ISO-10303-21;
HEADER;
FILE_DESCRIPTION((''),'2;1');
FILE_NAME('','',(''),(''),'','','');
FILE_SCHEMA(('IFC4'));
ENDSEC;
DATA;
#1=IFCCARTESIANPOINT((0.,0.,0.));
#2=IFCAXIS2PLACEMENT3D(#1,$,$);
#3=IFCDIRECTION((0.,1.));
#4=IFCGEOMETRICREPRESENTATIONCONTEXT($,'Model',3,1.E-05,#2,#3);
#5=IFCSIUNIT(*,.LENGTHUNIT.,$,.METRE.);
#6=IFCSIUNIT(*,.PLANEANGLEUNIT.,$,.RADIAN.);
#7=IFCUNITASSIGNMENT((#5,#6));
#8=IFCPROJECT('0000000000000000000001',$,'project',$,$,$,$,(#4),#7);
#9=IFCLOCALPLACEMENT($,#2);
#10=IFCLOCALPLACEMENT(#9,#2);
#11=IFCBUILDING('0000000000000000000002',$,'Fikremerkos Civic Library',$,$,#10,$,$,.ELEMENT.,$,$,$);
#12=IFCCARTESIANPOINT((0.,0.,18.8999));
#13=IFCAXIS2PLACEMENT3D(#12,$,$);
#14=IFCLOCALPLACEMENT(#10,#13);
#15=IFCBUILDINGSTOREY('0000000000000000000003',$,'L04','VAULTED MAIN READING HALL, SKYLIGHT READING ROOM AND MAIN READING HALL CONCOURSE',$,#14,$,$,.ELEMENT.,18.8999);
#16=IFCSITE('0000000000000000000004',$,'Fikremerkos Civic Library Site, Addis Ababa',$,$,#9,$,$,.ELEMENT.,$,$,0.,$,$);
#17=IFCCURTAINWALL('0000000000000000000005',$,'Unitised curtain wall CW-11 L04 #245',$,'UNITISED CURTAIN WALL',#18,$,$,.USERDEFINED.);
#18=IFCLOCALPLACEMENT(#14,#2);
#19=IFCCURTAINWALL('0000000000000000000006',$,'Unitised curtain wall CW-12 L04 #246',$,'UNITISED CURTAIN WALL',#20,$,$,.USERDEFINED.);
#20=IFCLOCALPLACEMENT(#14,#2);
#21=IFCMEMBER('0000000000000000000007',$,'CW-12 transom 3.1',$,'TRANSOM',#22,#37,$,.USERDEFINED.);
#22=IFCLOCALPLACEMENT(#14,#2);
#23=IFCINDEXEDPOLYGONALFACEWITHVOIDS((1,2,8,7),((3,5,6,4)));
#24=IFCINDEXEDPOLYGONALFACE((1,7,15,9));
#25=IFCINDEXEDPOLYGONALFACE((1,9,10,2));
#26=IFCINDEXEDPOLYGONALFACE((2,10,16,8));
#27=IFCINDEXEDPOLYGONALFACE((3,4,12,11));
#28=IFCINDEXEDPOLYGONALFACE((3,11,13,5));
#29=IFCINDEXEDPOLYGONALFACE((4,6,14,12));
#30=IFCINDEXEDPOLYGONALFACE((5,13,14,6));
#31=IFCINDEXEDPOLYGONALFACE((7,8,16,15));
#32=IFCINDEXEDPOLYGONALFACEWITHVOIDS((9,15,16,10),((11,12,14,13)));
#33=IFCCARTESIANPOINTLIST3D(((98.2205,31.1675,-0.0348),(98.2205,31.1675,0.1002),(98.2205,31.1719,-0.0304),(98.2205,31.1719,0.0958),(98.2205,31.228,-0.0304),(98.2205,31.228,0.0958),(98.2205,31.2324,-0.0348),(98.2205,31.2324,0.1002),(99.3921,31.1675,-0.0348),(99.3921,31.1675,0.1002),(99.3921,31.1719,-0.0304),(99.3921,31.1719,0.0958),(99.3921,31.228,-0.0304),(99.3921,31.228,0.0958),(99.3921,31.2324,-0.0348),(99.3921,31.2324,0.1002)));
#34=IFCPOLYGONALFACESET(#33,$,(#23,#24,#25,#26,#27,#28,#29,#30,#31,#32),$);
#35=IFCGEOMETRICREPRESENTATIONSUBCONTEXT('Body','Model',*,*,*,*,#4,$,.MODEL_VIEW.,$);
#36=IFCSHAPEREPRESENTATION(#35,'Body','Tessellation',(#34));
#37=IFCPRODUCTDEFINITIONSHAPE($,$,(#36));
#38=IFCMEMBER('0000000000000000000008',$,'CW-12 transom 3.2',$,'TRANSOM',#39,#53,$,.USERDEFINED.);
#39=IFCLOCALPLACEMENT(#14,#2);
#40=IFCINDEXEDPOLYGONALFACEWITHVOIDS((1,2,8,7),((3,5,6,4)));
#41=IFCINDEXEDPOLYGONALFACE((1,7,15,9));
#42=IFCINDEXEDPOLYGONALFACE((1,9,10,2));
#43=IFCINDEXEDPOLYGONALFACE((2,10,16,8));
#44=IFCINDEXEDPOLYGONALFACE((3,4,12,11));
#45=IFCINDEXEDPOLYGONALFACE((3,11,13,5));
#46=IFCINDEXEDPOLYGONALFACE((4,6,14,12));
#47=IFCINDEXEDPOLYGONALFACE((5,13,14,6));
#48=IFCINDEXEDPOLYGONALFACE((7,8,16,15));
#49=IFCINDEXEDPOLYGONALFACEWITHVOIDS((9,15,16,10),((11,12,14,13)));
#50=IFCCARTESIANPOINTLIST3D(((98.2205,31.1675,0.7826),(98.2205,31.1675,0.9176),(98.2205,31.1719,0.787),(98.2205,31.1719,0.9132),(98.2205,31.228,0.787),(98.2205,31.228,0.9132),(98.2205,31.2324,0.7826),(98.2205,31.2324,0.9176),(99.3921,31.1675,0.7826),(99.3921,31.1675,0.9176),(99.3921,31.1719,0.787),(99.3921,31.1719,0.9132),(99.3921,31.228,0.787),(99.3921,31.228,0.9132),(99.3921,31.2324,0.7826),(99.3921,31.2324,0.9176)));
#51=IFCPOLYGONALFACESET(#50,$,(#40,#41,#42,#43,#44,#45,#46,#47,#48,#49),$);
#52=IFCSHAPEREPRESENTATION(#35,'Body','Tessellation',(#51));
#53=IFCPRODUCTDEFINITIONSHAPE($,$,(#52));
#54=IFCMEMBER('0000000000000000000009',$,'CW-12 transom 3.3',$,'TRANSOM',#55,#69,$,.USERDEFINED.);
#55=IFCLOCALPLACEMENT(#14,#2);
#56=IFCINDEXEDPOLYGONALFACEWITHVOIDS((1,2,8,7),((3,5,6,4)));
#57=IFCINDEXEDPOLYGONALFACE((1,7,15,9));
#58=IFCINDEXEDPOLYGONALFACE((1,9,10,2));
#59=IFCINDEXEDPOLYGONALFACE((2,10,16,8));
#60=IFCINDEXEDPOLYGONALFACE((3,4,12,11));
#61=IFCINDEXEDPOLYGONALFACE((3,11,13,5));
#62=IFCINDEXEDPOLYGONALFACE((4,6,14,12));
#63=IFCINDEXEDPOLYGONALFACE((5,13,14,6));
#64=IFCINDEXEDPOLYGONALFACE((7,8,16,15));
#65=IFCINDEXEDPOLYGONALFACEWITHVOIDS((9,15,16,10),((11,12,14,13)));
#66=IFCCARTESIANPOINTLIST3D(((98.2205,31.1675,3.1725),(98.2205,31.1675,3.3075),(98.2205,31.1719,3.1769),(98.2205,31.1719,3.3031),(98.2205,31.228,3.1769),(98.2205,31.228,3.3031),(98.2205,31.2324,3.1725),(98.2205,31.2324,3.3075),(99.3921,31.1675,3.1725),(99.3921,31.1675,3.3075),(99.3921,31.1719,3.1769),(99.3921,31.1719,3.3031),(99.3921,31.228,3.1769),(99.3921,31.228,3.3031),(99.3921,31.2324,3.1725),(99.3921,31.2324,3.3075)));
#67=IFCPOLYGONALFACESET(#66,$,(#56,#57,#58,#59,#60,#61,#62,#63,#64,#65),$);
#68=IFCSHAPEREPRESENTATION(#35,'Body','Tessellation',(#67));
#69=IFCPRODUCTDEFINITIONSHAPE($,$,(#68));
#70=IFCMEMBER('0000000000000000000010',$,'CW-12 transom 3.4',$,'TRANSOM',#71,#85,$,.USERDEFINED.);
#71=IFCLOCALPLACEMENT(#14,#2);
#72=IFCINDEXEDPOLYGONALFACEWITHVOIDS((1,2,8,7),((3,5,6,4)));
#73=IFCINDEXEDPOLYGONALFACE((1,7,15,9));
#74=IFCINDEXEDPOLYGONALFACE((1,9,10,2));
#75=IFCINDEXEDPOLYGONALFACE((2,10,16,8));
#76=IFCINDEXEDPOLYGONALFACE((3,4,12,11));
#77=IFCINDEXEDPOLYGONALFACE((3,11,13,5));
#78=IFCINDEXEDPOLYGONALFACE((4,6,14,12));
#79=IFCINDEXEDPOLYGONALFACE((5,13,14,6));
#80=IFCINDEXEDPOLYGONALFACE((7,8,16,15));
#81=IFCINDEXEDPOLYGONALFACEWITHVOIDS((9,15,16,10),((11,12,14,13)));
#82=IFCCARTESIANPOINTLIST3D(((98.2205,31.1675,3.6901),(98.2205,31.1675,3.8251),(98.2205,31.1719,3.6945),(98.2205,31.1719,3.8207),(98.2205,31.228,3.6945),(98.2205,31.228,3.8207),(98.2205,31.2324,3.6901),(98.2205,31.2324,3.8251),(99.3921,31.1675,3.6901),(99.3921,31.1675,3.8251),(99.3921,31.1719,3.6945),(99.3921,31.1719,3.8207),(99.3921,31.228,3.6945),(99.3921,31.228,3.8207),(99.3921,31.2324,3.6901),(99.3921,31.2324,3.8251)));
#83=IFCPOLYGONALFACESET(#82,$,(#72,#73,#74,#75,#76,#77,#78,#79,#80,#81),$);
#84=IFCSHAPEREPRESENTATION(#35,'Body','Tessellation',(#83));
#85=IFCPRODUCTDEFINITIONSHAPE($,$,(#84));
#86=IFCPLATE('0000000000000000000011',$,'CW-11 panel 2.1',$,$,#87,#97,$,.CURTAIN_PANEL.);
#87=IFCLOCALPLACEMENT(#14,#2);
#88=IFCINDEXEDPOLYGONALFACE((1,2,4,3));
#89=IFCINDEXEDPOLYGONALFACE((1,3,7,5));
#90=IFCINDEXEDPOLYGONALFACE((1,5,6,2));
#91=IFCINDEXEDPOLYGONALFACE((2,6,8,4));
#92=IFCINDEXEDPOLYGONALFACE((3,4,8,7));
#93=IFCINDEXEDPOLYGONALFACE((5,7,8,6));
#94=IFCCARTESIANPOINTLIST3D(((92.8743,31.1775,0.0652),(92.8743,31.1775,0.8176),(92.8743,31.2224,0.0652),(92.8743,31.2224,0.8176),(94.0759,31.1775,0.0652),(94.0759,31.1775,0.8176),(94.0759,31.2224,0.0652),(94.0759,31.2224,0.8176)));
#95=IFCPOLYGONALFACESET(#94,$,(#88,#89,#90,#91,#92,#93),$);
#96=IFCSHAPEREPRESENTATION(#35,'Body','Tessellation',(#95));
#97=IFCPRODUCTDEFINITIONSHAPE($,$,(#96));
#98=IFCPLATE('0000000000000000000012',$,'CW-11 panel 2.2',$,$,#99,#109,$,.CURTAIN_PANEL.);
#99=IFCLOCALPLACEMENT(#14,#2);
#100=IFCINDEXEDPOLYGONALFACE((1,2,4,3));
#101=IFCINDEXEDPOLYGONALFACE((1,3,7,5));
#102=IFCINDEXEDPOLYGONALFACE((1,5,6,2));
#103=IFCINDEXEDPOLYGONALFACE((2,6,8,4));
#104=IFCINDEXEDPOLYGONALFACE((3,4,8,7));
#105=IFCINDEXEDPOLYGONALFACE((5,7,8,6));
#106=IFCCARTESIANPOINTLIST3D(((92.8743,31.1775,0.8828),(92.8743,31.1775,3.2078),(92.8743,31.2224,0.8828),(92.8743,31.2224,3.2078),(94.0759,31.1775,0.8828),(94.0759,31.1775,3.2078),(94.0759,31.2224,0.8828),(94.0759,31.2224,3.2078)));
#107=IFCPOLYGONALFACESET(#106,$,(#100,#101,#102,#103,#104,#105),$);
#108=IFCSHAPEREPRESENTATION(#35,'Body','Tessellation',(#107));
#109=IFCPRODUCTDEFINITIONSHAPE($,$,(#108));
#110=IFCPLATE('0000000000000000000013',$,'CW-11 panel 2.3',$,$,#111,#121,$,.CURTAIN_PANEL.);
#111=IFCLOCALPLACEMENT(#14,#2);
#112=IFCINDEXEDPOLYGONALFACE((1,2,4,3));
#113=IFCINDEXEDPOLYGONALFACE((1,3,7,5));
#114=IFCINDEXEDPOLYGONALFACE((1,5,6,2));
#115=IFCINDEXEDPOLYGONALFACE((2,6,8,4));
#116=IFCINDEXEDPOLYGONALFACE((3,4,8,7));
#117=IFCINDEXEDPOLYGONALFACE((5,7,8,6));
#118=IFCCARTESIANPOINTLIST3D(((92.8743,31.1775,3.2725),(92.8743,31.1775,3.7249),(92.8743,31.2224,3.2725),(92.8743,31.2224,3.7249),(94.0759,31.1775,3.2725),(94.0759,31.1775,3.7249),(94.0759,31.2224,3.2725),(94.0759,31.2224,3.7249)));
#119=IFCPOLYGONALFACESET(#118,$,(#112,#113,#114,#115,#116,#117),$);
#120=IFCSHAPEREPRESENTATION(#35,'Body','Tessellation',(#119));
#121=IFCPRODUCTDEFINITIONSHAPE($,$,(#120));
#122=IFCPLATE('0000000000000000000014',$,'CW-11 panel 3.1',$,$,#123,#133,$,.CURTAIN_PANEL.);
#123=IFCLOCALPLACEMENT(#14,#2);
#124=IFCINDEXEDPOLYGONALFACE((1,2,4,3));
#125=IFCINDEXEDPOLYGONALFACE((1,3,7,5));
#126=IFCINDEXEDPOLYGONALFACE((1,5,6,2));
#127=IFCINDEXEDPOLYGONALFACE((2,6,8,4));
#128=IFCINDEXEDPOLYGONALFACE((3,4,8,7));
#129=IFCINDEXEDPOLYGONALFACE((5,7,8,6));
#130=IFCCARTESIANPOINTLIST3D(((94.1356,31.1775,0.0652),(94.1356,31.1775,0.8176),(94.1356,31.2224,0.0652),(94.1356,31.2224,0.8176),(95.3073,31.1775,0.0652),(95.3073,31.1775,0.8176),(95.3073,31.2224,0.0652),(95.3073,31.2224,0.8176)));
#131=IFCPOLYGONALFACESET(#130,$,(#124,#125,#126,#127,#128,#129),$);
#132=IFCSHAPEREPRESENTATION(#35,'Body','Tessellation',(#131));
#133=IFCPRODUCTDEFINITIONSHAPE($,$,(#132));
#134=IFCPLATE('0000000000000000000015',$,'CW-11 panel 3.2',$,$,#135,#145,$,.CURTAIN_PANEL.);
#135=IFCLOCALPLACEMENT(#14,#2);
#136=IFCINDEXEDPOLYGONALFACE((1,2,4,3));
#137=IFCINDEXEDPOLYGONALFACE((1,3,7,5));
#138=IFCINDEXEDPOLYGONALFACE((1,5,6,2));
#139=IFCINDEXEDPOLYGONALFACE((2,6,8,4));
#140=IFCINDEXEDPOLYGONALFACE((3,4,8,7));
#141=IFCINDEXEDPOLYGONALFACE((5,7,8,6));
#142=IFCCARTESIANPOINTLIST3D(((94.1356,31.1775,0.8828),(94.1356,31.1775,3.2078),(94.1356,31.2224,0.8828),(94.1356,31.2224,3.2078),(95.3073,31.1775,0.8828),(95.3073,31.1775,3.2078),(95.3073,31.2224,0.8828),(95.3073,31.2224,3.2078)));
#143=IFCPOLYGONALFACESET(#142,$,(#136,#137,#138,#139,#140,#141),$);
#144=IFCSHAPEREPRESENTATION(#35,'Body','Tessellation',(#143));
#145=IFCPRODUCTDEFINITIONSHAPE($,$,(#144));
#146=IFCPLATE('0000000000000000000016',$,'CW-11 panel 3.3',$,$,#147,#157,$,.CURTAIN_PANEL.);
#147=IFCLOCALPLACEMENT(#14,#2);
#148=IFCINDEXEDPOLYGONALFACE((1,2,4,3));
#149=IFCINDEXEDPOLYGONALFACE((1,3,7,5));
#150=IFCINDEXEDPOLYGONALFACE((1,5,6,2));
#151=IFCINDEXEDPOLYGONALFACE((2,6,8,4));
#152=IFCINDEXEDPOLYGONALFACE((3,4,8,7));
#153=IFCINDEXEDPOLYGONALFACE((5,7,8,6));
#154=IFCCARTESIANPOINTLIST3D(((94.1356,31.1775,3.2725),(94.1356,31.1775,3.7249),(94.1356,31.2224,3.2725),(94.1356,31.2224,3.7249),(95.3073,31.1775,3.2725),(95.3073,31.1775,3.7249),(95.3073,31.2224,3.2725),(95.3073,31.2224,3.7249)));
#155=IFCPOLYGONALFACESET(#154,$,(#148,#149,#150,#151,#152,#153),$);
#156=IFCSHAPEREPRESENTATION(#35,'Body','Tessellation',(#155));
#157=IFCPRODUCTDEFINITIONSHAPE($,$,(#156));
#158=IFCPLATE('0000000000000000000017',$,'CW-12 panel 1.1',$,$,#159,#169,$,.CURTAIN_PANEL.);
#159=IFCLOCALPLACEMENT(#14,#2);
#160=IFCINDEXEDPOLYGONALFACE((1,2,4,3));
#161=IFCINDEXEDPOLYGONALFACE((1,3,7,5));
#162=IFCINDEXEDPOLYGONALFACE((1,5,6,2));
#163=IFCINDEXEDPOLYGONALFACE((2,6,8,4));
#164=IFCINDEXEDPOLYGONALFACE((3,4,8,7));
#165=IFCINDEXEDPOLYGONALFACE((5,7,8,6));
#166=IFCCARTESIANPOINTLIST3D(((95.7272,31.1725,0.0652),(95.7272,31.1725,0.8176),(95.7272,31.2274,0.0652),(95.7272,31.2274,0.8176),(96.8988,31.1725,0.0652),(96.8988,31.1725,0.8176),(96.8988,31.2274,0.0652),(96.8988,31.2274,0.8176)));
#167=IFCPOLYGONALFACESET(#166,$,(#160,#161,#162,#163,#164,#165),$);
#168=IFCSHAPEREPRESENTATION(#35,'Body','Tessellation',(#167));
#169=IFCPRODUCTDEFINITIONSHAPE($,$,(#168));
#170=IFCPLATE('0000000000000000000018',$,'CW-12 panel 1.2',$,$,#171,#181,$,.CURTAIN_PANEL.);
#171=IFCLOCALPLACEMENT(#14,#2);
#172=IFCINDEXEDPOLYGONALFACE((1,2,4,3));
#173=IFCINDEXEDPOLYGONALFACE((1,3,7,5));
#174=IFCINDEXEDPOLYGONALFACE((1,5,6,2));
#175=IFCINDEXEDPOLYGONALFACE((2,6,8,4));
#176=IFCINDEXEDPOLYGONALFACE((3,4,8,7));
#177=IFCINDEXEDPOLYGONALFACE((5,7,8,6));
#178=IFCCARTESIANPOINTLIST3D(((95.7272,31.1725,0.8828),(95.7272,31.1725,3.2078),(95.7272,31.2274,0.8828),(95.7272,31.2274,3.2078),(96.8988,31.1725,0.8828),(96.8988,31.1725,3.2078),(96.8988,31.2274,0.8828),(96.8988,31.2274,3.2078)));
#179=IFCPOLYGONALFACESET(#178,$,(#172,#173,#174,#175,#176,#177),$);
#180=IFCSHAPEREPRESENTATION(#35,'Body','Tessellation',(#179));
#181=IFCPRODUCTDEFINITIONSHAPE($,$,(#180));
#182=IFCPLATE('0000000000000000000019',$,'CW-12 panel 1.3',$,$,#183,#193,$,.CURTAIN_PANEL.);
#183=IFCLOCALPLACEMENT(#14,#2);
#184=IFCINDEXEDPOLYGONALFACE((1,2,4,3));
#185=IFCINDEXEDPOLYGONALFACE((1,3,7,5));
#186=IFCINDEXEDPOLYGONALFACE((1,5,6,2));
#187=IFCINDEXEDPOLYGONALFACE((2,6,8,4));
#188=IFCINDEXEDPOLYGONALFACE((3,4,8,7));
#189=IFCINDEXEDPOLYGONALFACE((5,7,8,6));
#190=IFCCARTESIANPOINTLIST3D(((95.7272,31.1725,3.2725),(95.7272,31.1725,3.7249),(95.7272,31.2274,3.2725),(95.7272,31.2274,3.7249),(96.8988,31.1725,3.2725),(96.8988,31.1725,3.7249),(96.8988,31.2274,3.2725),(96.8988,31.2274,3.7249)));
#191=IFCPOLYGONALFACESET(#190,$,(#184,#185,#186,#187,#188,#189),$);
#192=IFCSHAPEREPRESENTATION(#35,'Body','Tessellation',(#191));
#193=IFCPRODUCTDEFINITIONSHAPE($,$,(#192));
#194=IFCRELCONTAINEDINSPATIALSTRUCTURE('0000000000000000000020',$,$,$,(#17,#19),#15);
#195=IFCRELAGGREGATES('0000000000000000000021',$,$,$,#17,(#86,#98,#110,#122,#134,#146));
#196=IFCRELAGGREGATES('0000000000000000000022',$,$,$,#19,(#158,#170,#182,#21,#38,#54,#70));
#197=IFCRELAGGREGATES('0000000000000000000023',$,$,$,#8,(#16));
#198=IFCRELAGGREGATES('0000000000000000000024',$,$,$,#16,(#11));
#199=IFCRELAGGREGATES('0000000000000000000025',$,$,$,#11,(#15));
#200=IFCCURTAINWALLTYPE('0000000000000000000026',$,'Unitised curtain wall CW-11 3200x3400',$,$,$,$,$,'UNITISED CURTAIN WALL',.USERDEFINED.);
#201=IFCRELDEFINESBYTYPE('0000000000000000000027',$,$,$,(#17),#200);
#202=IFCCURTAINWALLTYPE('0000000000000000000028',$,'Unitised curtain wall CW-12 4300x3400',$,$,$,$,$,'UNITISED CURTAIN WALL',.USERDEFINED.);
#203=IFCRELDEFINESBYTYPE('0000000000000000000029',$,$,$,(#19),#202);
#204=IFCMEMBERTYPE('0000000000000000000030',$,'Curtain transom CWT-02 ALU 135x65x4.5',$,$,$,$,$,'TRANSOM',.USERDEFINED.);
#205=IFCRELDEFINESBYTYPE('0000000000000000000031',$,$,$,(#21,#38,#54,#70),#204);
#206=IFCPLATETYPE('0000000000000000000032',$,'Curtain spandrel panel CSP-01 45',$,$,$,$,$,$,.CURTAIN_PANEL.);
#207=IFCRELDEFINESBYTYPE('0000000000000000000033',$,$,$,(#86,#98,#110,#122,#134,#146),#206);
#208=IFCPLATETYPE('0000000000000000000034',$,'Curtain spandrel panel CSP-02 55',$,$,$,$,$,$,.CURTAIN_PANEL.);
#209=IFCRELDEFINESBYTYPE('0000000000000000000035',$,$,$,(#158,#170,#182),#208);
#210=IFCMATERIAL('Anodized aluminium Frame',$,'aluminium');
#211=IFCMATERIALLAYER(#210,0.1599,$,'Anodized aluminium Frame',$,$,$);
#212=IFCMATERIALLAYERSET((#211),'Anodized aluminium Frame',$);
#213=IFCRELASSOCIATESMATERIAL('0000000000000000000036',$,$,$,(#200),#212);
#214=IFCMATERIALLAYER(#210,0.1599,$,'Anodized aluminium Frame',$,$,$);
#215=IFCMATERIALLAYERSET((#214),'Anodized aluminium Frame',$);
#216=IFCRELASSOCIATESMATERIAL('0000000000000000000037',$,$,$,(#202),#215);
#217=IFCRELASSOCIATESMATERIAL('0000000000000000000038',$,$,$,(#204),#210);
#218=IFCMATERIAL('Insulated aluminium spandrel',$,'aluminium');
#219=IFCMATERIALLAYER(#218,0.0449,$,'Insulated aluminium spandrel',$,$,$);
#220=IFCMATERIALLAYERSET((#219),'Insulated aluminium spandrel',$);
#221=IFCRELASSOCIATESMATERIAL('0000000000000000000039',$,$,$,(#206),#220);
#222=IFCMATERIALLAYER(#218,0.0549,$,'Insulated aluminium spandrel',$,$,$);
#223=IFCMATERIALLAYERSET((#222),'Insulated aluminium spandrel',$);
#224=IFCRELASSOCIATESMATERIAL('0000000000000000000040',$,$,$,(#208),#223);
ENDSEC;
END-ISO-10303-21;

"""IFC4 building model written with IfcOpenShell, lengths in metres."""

from ifc_helpers import new_model, si_unit, direction, frame, origin, origin_2d, place, context, subcontext, project, spatial, rectangle, hollow_rectangle, extrude, material, layer, layer_set, material_profile, profile_set, type_object, element, aggregate, save


model = new_model("IFC4")

# Units and contexts
model_context = context("Model", 3, precision=1e-05, world=origin(), true_north=direction((0.0, 1.0)))
body_context = subcontext(model_context, "Body", "Model", "MODEL_VIEW")
ifc_project = project(units=[si_unit("LENGTHUNIT", "METRE"), si_unit("PLANEANGLEUNIT", "RADIAN")], contexts=[model_context])

# Site, building, storey
site_placement = place(None, origin())
site = spatial("IfcSite", under=ifc_project, at=site_placement, Name="Fikremerkos Civic Library Site, Addis Ababa", CompositionType="ELEMENT", RefElevation=0.0)
building_placement = place(site_placement, origin())
building = spatial("IfcBuilding", under=site, at=building_placement, Name="Fikremerkos Civic Library", CompositionType="ELEMENT")
storey_placement = place(building_placement, frame((0.0, 0.0, 18.8999)))
storey = spatial("IfcBuildingStorey", under=building, at=storey_placement, Name="L04", Description="VAULTED MAIN READING HALL, SKYLIGHT READING ROOM AND MAIN READING HALL CONCOURSE", CompositionType="ELEMENT", Elevation=18.8999)

# Curtain walls
ifc_material_1 = material(Name="Anodized aluminium Frame", Category="aluminium")
ifc_layer_1 = layer(ifc_material_1, 0.1599, Name="Anodized aluminium Frame")
ifc_layer_set_1 = layer_set([ifc_layer_1], Name="Anodized aluminium Frame")
curtain_wall_type_1 = type_object("IfcCurtainWallType", Name="Unitised curtain wall CW-11 3200x3400", ElementType="UNITISED CURTAIN WALL", PredefinedType="USERDEFINED", material=ifc_layer_set_1)
curtain_wall_1_placement = place(storey_placement, origin())
curtain_wall_1 = element("IfcCurtainWall", 1, at=curtain_wall_1_placement, inside=storey, type_object=curtain_wall_type_1, Name="Unitised curtain wall CW-11 L04 #245", ObjectType="UNITISED CURTAIN WALL", PredefinedType="USERDEFINED")
ifc_layer_2 = layer(ifc_material_1, 0.1599, Name="Anodized aluminium Frame")
ifc_layer_set_2 = layer_set([ifc_layer_2], Name="Anodized aluminium Frame")
curtain_wall_type_2 = type_object("IfcCurtainWallType", Name="Unitised curtain wall CW-12 4300x3400", ElementType="UNITISED CURTAIN WALL", PredefinedType="USERDEFINED", material=ifc_layer_set_2)
curtain_wall_2_placement = place(storey_placement, origin())
curtain_wall_2 = element("IfcCurtainWall", 2, at=curtain_wall_2_placement, inside=storey, type_object=curtain_wall_type_2, Name="Unitised curtain wall CW-12 L04 #246", ObjectType="UNITISED CURTAIN WALL", PredefinedType="USERDEFINED")

# Members
ifc_material_profile_1 = material_profile(ifc_material_1, hollow_rectangle(XDim=0.0649, YDim=0.135, WallThickness=0.0044, at=origin_2d()), Name="ALU 135x65x4.5")
ifc_profile_set_1 = profile_set([ifc_material_profile_1], Name="Anodized aluminium Frame")
member_type_1 = type_object("IfcMemberType", Name="Curtain transom CWT-02 ALU 135x65x4.5", ElementType="TRANSOM", PredefinedType="USERDEFINED", material=ifc_profile_set_1)
member_1_placement = place(storey_placement, frame((98.2205, 31.2, 0.0327), z_axis=(1.0, 0.0, 0.0), x_axis=(0.0, 1.0, 0.0)))
member_1 = element("IfcMember", 3, at=member_1_placement, type_object=member_type_1, Name="CW-12 transom 3.1", ObjectType="TRANSOM", PredefinedType="USERDEFINED", context=body_context, shape_type="SweptSolid", body=[
    extrude(hollow_rectangle(XDim=0.0649, YDim=0.135, WallThickness=0.0044, at=origin_2d()), origin(), (0.0, 0.0, 1.0), 1.1716),
])
member_2_placement = place(storey_placement, frame((98.2205, 31.2, 0.8501), z_axis=(1.0, 0.0, 0.0), x_axis=(0.0, 1.0, 0.0)))
member_2 = element("IfcMember", 4, at=member_2_placement, type_object=member_type_1, Name="CW-12 transom 3.2", ObjectType="TRANSOM", PredefinedType="USERDEFINED", context=body_context, shape_type="SweptSolid", body=[
    extrude(hollow_rectangle(XDim=0.0649, YDim=0.135, WallThickness=0.0044, at=origin_2d()), origin(), (0.0, 0.0, 1.0), 1.1716),
])
member_3_placement = place(storey_placement, frame((98.2205, 31.2, 3.24), z_axis=(1.0, 0.0, 0.0), x_axis=(0.0, 1.0, 0.0)))
member_3 = element("IfcMember", 5, at=member_3_placement, type_object=member_type_1, Name="CW-12 transom 3.3", ObjectType="TRANSOM", PredefinedType="USERDEFINED", context=body_context, shape_type="SweptSolid", body=[
    extrude(hollow_rectangle(XDim=0.0649, YDim=0.135, WallThickness=0.0044, at=origin_2d()), origin(), (0.0, 0.0, 1.0), 1.1716),
])
member_4_placement = place(storey_placement, frame((98.2205, 31.2, 3.7576), z_axis=(1.0, 0.0, 0.0), x_axis=(0.0, 1.0, 0.0)))
member_4 = element("IfcMember", 6, at=member_4_placement, type_object=member_type_1, Name="CW-12 transom 3.4", ObjectType="TRANSOM", PredefinedType="USERDEFINED", context=body_context, shape_type="SweptSolid", body=[
    extrude(hollow_rectangle(XDim=0.0649, YDim=0.135, WallThickness=0.0044, at=origin_2d()), origin(), (0.0, 0.0, 1.0), 1.1716),
])

# Plates
ifc_material_2 = material(Name="Insulated aluminium spandrel", Category="aluminium")
ifc_layer_3 = layer(ifc_material_2, 0.0449, Name="Insulated aluminium spandrel")
ifc_layer_set_3 = layer_set([ifc_layer_3], Name="Insulated aluminium spandrel")
plate_type_1 = type_object("IfcPlateType", Name="Curtain spandrel panel CSP-01 45", PredefinedType="CURTAIN_PANEL", material=ifc_layer_set_3)
plate_1_placement = place(storey_placement, frame((93.4751, 31.2, 0.0652), z_axis=(0.0, 0.0, 1.0), x_axis=(1.0, 0.0, 0.0)))
plate_1 = element("IfcPlate", 7, at=plate_1_placement, type_object=plate_type_1, Name="CW-11 panel 2.1", PredefinedType="CURTAIN_PANEL", context=body_context, shape_type="SweptSolid", body=[
    extrude(rectangle(XDim=1.2017, YDim=0.0449, at=origin_2d()), origin(), (0.0, 0.0, 1.0), 0.7524),
])
plate_2_placement = place(storey_placement, frame((93.4751, 31.2, 0.8828), z_axis=(0.0, 0.0, 1.0), x_axis=(1.0, 0.0, 0.0)))
plate_2 = element("IfcPlate", 8, at=plate_2_placement, type_object=plate_type_1, Name="CW-11 panel 2.2", PredefinedType="CURTAIN_PANEL", context=body_context, shape_type="SweptSolid", body=[
    extrude(rectangle(XDim=1.2017, YDim=0.0449, at=origin_2d()), origin(), (0.0, 0.0, 1.0), 2.325),
])
plate_3_placement = place(storey_placement, frame((93.4751, 31.2, 3.2725), z_axis=(0.0, 0.0, 1.0), x_axis=(1.0, 0.0, 0.0)))
plate_3 = element("IfcPlate", 9, at=plate_3_placement, type_object=plate_type_1, Name="CW-11 panel 2.3", PredefinedType="CURTAIN_PANEL", context=body_context, shape_type="SweptSolid", body=[
    extrude(rectangle(XDim=1.2017, YDim=0.0449, at=origin_2d()), origin(), (0.0, 0.0, 1.0), 0.4524),
])
plate_4_placement = place(storey_placement, frame((94.7214, 31.2, 0.0652), z_axis=(0.0, 0.0, 1.0), x_axis=(1.0, 0.0, 0.0)))
plate_4 = element("IfcPlate", 10, at=plate_4_placement, type_object=plate_type_1, Name="CW-11 panel 3.1", PredefinedType="CURTAIN_PANEL", context=body_context, shape_type="SweptSolid", body=[
    extrude(rectangle(XDim=1.1716, YDim=0.0449, at=origin_2d()), origin(), (0.0, 0.0, 1.0), 0.7524),
])
plate_5_placement = place(storey_placement, frame((94.7214, 31.2, 0.8828), z_axis=(0.0, 0.0, 1.0), x_axis=(1.0, 0.0, 0.0)))
plate_5 = element("IfcPlate", 11, at=plate_5_placement, type_object=plate_type_1, Name="CW-11 panel 3.2", PredefinedType="CURTAIN_PANEL", context=body_context, shape_type="SweptSolid", body=[
    extrude(rectangle(XDim=1.1716, YDim=0.0449, at=origin_2d()), origin(), (0.0, 0.0, 1.0), 2.325),
])
plate_6_placement = place(storey_placement, frame((94.7214, 31.2, 3.2725), z_axis=(0.0, 0.0, 1.0), x_axis=(1.0, 0.0, 0.0)))
plate_6 = element("IfcPlate", 12, at=plate_6_placement, type_object=plate_type_1, Name="CW-11 panel 3.3", PredefinedType="CURTAIN_PANEL", context=body_context, shape_type="SweptSolid", body=[
    extrude(rectangle(XDim=1.1716, YDim=0.0449, at=origin_2d()), origin(), (0.0, 0.0, 1.0), 0.4524),
])
aggregate(curtain_wall_1, [plate_1, plate_2, plate_3, plate_4, plate_5, plate_6])
ifc_layer_4 = layer(ifc_material_2, 0.0549, Name="Insulated aluminium spandrel")
ifc_layer_set_4 = layer_set([ifc_layer_4], Name="Insulated aluminium spandrel")
plate_type_2 = type_object("IfcPlateType", Name="Curtain spandrel panel CSP-02 55", PredefinedType="CURTAIN_PANEL", material=ifc_layer_set_4)
plate_7_placement = place(storey_placement, frame((96.313, 31.2, 0.0652), z_axis=(0.0, 0.0, 1.0), x_axis=(1.0, 0.0, 0.0)))
plate_7 = element("IfcPlate", 13, at=plate_7_placement, type_object=plate_type_2, Name="CW-12 panel 1.1", PredefinedType="CURTAIN_PANEL", context=body_context, shape_type="SweptSolid", body=[
    extrude(rectangle(XDim=1.1716, YDim=0.0549, at=origin_2d()), origin(), (0.0, 0.0, 1.0), 0.7524),
])
plate_8_placement = place(storey_placement, frame((96.313, 31.2, 0.8828), z_axis=(0.0, 0.0, 1.0), x_axis=(1.0, 0.0, 0.0)))
plate_8 = element("IfcPlate", 14, at=plate_8_placement, type_object=plate_type_2, Name="CW-12 panel 1.2", PredefinedType="CURTAIN_PANEL", context=body_context, shape_type="SweptSolid", body=[
    extrude(rectangle(XDim=1.1716, YDim=0.0549, at=origin_2d()), origin(), (0.0, 0.0, 1.0), 2.325),
])
plate_9_placement = place(storey_placement, frame((96.313, 31.2, 3.2725), z_axis=(0.0, 0.0, 1.0), x_axis=(1.0, 0.0, 0.0)))
plate_9 = element("IfcPlate", 15, at=plate_9_placement, type_object=plate_type_2, Name="CW-12 panel 1.3", PredefinedType="CURTAIN_PANEL", context=body_context, shape_type="SweptSolid", body=[
    extrude(rectangle(XDim=1.1716, YDim=0.0549, at=origin_2d()), origin(), (0.0, 0.0, 1.0), 0.4524),
])
aggregate(curtain_wall_2, [plate_7, plate_8, plate_9, member_1, member_2, member_3, member_4])

save(model, "model.ifc")
